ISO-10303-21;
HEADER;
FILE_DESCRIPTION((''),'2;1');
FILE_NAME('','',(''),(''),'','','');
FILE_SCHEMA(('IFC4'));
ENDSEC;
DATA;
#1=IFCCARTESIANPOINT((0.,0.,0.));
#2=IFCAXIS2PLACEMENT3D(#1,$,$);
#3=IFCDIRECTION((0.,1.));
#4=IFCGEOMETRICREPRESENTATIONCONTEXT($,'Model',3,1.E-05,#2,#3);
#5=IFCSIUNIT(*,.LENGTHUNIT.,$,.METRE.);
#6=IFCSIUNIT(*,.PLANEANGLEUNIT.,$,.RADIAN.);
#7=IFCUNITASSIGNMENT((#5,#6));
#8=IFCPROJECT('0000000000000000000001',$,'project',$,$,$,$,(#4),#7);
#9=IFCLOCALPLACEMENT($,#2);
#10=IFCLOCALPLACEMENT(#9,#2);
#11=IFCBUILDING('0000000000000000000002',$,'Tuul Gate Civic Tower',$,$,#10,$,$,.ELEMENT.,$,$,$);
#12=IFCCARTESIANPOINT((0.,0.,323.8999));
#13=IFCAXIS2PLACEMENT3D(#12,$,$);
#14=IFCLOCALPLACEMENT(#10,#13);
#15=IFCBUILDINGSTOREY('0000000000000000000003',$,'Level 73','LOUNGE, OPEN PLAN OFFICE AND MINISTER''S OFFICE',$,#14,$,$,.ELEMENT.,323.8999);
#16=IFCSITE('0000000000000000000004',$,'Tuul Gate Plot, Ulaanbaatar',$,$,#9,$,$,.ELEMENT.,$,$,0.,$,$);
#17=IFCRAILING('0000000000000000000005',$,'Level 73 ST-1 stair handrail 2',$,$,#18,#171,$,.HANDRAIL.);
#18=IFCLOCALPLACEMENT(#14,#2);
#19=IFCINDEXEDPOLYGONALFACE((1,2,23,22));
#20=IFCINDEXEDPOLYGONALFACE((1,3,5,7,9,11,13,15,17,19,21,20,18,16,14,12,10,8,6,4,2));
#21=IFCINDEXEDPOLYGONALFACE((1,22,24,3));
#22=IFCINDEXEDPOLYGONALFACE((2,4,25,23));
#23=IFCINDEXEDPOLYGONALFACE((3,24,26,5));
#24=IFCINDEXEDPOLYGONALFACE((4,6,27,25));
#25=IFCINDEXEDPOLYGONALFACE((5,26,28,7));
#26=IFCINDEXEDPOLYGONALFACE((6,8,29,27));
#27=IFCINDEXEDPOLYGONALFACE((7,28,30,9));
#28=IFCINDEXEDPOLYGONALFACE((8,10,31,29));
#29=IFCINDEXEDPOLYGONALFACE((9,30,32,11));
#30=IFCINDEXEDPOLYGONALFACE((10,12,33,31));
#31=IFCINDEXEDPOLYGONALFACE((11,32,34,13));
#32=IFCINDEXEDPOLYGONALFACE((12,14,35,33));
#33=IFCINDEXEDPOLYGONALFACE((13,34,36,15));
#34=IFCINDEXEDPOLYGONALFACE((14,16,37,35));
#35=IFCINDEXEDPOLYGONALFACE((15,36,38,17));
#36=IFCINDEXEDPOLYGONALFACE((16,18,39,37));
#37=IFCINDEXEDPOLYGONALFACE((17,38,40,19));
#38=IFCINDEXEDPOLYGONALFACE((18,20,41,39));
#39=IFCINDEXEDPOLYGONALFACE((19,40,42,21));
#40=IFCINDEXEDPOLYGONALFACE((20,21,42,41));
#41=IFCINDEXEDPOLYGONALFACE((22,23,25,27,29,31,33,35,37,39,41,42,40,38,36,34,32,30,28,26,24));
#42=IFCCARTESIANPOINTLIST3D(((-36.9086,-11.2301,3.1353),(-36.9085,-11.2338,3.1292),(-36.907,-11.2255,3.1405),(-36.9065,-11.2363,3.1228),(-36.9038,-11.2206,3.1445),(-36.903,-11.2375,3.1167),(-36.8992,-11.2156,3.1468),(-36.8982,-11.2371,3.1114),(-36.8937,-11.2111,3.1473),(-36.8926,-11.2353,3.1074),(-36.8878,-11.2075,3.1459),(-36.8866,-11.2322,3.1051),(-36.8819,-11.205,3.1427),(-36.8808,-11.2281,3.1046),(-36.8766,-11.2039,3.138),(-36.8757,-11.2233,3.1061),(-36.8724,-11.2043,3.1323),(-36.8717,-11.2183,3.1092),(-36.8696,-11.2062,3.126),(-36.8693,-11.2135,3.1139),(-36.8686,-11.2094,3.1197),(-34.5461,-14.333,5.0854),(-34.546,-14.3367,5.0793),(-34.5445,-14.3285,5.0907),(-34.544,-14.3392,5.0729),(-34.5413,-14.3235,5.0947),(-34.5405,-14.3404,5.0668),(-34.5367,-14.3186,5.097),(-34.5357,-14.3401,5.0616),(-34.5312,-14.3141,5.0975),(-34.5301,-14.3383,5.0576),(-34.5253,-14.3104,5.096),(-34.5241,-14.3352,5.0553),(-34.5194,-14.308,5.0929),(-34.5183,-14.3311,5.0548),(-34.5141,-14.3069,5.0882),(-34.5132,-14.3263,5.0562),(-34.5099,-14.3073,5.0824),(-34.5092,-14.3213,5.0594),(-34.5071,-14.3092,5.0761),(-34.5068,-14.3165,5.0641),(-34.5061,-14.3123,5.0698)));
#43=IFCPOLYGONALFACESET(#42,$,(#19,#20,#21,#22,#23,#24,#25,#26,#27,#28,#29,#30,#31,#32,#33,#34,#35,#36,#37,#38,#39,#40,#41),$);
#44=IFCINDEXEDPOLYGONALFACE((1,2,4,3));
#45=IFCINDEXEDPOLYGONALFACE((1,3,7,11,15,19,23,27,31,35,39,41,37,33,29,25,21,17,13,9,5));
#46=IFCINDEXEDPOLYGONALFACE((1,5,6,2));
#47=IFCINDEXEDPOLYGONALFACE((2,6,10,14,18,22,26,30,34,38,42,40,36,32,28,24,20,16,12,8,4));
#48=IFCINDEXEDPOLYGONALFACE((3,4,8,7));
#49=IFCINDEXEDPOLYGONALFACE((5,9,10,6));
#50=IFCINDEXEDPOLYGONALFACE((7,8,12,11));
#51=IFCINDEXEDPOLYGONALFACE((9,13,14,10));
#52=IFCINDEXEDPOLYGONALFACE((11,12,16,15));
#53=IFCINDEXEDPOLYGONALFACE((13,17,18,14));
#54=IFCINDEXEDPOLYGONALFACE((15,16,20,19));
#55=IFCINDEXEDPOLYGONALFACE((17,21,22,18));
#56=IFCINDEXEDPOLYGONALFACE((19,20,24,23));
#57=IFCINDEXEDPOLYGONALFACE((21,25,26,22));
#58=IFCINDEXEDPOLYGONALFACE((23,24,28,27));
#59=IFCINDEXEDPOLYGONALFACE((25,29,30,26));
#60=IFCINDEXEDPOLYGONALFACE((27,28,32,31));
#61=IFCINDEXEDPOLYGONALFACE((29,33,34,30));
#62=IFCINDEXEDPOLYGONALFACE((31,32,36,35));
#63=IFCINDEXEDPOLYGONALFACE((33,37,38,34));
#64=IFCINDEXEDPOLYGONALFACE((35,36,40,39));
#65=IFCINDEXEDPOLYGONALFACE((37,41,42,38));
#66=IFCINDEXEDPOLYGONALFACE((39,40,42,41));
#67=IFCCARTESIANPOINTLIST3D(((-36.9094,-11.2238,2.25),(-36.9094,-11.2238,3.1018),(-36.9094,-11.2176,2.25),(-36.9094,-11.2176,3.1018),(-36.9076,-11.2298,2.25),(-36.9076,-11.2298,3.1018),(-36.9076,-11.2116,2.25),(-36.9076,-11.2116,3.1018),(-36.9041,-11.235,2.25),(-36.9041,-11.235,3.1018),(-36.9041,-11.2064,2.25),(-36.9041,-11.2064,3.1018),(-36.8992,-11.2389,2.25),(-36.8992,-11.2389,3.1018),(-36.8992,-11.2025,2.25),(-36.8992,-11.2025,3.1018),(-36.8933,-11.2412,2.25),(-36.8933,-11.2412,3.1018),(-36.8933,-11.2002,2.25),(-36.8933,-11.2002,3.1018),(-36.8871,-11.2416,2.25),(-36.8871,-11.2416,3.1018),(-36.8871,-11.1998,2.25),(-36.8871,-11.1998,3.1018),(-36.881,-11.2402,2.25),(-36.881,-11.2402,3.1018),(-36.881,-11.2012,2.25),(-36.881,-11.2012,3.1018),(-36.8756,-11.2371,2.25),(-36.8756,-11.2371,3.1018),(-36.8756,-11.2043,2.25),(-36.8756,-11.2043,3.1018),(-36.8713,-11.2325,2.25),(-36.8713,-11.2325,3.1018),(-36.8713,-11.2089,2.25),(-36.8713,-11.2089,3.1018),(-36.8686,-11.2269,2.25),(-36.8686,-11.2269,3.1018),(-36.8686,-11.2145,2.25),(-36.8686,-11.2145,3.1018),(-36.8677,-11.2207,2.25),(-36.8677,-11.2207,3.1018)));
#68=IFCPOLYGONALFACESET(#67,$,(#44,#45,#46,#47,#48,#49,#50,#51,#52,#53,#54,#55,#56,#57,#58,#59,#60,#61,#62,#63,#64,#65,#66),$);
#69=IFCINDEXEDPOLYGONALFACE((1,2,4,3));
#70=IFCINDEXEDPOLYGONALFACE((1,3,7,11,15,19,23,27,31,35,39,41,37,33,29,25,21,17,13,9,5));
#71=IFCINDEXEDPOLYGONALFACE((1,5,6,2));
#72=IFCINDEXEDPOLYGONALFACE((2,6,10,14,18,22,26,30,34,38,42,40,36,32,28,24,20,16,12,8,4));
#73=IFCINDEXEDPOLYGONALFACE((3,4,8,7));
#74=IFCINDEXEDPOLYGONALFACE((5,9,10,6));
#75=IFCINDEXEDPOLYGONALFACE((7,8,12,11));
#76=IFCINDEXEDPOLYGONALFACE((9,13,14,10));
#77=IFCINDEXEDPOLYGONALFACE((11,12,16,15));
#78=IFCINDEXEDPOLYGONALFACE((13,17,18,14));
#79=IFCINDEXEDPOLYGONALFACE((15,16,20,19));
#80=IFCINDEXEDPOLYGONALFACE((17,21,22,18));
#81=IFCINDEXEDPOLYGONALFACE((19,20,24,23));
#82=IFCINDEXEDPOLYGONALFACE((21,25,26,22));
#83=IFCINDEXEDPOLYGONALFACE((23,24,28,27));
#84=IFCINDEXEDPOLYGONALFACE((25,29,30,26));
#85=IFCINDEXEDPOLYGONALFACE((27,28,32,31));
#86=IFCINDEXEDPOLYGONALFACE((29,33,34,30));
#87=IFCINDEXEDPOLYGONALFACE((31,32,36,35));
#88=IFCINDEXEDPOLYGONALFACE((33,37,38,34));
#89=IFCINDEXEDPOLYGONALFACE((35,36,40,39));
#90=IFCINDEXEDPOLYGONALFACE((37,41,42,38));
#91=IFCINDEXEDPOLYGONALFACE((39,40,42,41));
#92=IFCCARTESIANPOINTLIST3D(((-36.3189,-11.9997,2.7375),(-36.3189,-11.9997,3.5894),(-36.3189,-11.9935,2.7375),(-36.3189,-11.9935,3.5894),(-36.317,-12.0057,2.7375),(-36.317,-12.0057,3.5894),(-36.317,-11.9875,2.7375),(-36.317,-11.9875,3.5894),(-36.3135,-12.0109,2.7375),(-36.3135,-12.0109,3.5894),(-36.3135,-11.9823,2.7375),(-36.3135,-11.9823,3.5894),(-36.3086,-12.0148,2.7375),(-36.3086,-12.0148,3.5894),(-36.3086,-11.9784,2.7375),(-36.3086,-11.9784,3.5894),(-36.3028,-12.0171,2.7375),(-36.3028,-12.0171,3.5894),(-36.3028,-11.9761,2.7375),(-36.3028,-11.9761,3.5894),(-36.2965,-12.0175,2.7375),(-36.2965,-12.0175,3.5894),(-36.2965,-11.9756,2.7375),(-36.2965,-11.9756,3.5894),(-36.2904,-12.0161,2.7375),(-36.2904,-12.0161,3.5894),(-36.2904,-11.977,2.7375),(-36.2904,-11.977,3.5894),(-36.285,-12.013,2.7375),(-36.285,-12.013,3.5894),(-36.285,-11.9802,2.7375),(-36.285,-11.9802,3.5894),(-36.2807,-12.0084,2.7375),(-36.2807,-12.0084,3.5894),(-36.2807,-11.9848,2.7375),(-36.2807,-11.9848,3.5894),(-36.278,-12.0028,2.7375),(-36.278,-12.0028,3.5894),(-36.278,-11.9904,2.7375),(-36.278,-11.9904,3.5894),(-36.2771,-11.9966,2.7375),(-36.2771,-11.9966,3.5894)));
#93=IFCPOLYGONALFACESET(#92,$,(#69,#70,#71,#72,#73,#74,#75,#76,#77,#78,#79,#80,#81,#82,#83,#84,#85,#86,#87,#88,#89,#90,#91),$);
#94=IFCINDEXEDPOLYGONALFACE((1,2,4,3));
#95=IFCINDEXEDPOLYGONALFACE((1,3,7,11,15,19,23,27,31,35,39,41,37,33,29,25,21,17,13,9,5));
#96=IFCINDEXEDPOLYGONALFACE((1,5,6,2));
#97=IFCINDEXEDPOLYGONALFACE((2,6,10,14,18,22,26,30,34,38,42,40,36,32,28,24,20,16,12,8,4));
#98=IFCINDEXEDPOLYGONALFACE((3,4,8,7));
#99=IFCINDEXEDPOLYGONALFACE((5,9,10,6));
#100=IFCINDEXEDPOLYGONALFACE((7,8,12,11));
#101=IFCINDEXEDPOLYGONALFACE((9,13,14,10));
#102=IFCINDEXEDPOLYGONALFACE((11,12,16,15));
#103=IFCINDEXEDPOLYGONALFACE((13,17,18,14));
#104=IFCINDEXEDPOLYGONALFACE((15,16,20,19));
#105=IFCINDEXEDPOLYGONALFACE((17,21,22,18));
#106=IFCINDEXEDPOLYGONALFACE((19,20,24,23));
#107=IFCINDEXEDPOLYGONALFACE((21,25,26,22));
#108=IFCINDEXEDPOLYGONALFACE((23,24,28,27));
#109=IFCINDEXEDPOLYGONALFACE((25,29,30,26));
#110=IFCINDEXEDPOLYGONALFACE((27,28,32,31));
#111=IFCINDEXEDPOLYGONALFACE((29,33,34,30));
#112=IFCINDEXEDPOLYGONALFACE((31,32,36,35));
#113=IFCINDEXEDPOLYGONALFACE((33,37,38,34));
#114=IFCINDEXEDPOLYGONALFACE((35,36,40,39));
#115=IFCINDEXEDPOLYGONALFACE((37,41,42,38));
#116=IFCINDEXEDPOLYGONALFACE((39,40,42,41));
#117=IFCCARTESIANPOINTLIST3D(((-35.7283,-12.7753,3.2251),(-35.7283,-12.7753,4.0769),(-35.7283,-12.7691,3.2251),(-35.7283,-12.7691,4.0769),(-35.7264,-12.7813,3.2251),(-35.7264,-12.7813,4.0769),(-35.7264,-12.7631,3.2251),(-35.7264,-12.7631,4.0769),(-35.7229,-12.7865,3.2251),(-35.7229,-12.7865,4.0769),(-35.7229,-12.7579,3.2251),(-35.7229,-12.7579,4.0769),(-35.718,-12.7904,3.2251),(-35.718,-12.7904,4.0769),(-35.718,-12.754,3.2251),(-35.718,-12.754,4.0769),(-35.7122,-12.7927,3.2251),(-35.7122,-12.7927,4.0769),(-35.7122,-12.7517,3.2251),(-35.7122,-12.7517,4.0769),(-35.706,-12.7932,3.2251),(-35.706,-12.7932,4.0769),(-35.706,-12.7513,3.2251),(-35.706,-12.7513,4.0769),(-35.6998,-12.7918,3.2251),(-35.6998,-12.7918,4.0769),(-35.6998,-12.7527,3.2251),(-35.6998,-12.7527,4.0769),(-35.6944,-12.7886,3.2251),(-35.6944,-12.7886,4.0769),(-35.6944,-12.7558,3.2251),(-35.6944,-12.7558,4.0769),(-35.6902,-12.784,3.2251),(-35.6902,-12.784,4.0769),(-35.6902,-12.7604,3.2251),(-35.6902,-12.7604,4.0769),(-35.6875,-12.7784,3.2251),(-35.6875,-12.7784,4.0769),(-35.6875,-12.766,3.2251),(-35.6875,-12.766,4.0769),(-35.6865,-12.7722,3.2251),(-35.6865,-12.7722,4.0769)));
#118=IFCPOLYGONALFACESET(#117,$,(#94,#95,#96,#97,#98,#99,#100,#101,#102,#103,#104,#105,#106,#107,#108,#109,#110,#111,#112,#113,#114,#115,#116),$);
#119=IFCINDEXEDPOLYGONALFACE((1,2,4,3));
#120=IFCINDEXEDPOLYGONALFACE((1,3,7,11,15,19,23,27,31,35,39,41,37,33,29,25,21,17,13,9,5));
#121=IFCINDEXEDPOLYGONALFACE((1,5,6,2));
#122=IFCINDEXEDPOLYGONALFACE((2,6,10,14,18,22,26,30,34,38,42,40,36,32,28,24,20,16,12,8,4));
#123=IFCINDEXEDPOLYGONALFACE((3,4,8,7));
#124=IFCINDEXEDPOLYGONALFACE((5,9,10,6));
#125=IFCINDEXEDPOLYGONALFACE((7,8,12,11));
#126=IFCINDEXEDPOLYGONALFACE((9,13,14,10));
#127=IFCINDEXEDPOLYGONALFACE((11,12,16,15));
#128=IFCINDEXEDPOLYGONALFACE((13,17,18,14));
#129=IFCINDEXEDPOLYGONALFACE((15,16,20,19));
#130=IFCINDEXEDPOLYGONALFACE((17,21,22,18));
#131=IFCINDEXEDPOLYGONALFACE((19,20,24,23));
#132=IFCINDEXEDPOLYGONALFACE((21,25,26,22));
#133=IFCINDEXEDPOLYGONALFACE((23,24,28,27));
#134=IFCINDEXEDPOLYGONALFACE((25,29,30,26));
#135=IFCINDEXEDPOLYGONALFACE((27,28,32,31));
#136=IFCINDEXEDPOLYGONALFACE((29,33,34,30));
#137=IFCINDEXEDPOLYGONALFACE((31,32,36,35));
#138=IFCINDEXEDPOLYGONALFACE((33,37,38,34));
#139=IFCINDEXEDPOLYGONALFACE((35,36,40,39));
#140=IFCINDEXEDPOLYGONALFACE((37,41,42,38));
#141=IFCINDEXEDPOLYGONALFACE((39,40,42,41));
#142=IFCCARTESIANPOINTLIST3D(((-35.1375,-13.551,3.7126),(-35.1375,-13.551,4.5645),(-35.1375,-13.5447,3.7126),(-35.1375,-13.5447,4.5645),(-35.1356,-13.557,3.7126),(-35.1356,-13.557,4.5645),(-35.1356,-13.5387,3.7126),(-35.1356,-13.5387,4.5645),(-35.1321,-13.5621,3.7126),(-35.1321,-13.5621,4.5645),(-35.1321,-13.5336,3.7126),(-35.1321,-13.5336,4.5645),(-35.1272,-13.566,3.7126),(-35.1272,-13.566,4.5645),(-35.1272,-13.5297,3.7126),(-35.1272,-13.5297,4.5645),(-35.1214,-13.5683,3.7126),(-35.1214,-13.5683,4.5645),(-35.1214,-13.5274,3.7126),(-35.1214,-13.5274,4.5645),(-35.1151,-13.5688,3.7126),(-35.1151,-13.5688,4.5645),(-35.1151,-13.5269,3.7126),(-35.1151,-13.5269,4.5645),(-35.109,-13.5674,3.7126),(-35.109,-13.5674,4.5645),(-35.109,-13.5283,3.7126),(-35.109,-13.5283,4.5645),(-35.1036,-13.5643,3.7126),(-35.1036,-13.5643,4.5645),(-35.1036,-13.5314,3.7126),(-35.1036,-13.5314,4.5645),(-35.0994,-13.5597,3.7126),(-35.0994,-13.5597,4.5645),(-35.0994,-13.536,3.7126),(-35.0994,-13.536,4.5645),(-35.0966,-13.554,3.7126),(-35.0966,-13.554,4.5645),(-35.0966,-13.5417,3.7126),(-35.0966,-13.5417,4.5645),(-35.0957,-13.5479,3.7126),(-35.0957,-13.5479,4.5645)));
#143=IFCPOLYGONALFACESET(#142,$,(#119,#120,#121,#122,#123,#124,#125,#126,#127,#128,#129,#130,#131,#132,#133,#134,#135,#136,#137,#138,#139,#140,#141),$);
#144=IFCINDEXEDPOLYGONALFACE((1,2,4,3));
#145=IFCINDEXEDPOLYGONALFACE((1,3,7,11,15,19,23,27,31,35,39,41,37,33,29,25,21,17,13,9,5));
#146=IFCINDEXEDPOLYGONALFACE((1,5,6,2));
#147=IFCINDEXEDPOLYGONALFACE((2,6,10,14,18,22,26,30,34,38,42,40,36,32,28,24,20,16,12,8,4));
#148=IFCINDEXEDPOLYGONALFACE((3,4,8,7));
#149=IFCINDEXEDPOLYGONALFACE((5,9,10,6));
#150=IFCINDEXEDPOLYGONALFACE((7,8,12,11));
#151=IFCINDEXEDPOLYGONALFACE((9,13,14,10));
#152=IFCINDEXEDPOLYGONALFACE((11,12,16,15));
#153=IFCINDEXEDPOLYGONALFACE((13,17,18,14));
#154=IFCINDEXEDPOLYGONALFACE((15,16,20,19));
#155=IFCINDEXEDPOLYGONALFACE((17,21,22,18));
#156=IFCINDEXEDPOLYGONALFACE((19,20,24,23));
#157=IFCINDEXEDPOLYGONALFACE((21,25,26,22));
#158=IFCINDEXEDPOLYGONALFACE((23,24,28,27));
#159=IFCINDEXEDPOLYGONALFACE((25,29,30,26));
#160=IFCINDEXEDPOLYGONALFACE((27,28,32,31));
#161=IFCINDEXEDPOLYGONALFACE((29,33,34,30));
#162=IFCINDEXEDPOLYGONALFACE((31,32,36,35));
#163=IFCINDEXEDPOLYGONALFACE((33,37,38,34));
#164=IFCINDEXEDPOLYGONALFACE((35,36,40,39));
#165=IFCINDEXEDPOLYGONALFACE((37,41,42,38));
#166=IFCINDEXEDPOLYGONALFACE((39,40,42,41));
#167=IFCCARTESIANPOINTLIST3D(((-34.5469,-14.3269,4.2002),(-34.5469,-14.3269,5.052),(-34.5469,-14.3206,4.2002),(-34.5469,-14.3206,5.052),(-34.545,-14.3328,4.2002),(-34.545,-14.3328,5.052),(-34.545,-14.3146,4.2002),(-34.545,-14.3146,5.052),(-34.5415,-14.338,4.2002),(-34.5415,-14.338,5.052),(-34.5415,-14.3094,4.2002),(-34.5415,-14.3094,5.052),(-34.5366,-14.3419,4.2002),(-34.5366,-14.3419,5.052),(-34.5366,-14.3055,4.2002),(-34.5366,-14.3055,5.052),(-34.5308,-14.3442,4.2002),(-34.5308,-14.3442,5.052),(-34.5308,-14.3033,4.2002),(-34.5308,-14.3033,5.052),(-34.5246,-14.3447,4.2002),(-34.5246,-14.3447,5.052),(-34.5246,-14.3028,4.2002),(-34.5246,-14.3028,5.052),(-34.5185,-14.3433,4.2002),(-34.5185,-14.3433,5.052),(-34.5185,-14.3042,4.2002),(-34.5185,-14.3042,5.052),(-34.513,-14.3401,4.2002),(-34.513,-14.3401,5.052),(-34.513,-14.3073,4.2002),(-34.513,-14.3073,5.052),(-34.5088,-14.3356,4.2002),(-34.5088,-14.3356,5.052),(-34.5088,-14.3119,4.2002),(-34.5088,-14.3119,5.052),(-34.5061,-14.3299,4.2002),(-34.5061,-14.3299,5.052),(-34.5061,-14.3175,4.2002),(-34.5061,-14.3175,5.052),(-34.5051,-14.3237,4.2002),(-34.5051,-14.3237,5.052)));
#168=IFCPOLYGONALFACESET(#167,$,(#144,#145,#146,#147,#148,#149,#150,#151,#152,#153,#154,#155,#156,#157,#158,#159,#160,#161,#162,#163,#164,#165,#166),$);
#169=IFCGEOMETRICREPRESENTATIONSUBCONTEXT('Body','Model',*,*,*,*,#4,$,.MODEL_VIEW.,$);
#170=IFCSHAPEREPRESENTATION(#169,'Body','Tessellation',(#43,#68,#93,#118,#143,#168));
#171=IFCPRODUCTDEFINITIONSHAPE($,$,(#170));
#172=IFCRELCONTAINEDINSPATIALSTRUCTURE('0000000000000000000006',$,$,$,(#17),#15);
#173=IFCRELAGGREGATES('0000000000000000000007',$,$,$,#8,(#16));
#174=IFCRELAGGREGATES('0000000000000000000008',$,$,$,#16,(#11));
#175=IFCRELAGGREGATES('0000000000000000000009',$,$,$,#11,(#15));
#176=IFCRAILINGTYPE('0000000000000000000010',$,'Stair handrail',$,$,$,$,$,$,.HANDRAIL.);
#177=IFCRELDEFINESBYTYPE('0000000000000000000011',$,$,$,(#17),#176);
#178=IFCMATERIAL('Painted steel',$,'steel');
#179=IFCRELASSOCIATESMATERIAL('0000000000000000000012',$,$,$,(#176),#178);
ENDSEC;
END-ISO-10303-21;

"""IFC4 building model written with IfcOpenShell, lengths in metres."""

from ifc_helpers import new_model, si_unit, direction, frame, origin, origin_2d, place, context, subcontext, project, spatial, circle, extrude, material, type_object, element, save


model = new_model("IFC4")

# Units and contexts
model_context = context("Model", 3, precision=1e-05, world=origin(), true_north=direction((0.0, 1.0)))
body_context = subcontext(model_context, "Body", "Model", "MODEL_VIEW")
ifc_project = project(units=[si_unit("LENGTHUNIT", "METRE"), si_unit("PLANEANGLEUNIT", "RADIAN")], contexts=[model_context])

# Site, building, storey
site_placement = place(None, origin())
site = spatial("IfcSite", under=ifc_project, at=site_placement, Name="Tuul Gate Plot, Ulaanbaatar", CompositionType="ELEMENT", RefElevation=0.0)
building_placement = place(site_placement, origin())
building = spatial("IfcBuilding", under=site, at=building_placement, Name="Tuul Gate Civic Tower", CompositionType="ELEMENT")
storey_placement = place(building_placement, frame((0.0, 0.0, 323.8999)))
storey = spatial("IfcBuildingStorey", under=building, at=storey_placement, Name="Level 73", Description="LOUNGE, OPEN PLAN OFFICE AND MINISTER'S OFFICE", CompositionType="ELEMENT", Elevation=323.8999)

# Railing
ifc_material_1 = material(Name="Painted steel", Category="steel")
railing_type_1 = type_object("IfcRailingType", Name="Stair handrail", PredefinedType="HANDRAIL", material=ifc_material_1)
railing_1_placement = place(storey_placement, frame((-36.8887, -11.2207, 2.25)))
element("IfcRailing", 1, at=railing_1_placement, inside=storey, type_object=railing_type_1, Name="Level 73 ST-1 stair handrail 2", PredefinedType="HANDRAIL", context=body_context, shape_type="SweptSolid", body=[
    extrude(circle(Radius=0.0239, at=origin_2d()), frame((0.0, 0.0, 0.876), z_axis=(0.541811, -0.711627, 0.447245), x_axis=(0.795637, 0.605773, 0.0)), (0.0, 0.0, 1.0), 4.3604),
    extrude(circle(Radius=0.021, at=origin_2d()), origin(), (0.0, 0.0, 1.0), 0.8518),
    extrude(circle(Radius=0.021, at=origin_2d()), frame((0.5906, -0.7759, 0.4875)), (0.0, 0.0, 1.0), 0.8518),
    extrude(circle(Radius=0.021, at=origin_2d()), frame((1.1812, -1.5515, 0.9751)), (0.0, 0.0, 1.0), 0.8518),
    extrude(circle(Radius=0.021, at=origin_2d()), frame((1.772, -2.3271, 1.4626)), (0.0, 0.0, 1.0), 0.8518),
    extrude(circle(Radius=0.021, at=origin_2d()), frame((2.3625, -3.103, 1.9502)), (0.0, 0.0, 1.0), 0.8518),
])

save(model, "model.ifc")
